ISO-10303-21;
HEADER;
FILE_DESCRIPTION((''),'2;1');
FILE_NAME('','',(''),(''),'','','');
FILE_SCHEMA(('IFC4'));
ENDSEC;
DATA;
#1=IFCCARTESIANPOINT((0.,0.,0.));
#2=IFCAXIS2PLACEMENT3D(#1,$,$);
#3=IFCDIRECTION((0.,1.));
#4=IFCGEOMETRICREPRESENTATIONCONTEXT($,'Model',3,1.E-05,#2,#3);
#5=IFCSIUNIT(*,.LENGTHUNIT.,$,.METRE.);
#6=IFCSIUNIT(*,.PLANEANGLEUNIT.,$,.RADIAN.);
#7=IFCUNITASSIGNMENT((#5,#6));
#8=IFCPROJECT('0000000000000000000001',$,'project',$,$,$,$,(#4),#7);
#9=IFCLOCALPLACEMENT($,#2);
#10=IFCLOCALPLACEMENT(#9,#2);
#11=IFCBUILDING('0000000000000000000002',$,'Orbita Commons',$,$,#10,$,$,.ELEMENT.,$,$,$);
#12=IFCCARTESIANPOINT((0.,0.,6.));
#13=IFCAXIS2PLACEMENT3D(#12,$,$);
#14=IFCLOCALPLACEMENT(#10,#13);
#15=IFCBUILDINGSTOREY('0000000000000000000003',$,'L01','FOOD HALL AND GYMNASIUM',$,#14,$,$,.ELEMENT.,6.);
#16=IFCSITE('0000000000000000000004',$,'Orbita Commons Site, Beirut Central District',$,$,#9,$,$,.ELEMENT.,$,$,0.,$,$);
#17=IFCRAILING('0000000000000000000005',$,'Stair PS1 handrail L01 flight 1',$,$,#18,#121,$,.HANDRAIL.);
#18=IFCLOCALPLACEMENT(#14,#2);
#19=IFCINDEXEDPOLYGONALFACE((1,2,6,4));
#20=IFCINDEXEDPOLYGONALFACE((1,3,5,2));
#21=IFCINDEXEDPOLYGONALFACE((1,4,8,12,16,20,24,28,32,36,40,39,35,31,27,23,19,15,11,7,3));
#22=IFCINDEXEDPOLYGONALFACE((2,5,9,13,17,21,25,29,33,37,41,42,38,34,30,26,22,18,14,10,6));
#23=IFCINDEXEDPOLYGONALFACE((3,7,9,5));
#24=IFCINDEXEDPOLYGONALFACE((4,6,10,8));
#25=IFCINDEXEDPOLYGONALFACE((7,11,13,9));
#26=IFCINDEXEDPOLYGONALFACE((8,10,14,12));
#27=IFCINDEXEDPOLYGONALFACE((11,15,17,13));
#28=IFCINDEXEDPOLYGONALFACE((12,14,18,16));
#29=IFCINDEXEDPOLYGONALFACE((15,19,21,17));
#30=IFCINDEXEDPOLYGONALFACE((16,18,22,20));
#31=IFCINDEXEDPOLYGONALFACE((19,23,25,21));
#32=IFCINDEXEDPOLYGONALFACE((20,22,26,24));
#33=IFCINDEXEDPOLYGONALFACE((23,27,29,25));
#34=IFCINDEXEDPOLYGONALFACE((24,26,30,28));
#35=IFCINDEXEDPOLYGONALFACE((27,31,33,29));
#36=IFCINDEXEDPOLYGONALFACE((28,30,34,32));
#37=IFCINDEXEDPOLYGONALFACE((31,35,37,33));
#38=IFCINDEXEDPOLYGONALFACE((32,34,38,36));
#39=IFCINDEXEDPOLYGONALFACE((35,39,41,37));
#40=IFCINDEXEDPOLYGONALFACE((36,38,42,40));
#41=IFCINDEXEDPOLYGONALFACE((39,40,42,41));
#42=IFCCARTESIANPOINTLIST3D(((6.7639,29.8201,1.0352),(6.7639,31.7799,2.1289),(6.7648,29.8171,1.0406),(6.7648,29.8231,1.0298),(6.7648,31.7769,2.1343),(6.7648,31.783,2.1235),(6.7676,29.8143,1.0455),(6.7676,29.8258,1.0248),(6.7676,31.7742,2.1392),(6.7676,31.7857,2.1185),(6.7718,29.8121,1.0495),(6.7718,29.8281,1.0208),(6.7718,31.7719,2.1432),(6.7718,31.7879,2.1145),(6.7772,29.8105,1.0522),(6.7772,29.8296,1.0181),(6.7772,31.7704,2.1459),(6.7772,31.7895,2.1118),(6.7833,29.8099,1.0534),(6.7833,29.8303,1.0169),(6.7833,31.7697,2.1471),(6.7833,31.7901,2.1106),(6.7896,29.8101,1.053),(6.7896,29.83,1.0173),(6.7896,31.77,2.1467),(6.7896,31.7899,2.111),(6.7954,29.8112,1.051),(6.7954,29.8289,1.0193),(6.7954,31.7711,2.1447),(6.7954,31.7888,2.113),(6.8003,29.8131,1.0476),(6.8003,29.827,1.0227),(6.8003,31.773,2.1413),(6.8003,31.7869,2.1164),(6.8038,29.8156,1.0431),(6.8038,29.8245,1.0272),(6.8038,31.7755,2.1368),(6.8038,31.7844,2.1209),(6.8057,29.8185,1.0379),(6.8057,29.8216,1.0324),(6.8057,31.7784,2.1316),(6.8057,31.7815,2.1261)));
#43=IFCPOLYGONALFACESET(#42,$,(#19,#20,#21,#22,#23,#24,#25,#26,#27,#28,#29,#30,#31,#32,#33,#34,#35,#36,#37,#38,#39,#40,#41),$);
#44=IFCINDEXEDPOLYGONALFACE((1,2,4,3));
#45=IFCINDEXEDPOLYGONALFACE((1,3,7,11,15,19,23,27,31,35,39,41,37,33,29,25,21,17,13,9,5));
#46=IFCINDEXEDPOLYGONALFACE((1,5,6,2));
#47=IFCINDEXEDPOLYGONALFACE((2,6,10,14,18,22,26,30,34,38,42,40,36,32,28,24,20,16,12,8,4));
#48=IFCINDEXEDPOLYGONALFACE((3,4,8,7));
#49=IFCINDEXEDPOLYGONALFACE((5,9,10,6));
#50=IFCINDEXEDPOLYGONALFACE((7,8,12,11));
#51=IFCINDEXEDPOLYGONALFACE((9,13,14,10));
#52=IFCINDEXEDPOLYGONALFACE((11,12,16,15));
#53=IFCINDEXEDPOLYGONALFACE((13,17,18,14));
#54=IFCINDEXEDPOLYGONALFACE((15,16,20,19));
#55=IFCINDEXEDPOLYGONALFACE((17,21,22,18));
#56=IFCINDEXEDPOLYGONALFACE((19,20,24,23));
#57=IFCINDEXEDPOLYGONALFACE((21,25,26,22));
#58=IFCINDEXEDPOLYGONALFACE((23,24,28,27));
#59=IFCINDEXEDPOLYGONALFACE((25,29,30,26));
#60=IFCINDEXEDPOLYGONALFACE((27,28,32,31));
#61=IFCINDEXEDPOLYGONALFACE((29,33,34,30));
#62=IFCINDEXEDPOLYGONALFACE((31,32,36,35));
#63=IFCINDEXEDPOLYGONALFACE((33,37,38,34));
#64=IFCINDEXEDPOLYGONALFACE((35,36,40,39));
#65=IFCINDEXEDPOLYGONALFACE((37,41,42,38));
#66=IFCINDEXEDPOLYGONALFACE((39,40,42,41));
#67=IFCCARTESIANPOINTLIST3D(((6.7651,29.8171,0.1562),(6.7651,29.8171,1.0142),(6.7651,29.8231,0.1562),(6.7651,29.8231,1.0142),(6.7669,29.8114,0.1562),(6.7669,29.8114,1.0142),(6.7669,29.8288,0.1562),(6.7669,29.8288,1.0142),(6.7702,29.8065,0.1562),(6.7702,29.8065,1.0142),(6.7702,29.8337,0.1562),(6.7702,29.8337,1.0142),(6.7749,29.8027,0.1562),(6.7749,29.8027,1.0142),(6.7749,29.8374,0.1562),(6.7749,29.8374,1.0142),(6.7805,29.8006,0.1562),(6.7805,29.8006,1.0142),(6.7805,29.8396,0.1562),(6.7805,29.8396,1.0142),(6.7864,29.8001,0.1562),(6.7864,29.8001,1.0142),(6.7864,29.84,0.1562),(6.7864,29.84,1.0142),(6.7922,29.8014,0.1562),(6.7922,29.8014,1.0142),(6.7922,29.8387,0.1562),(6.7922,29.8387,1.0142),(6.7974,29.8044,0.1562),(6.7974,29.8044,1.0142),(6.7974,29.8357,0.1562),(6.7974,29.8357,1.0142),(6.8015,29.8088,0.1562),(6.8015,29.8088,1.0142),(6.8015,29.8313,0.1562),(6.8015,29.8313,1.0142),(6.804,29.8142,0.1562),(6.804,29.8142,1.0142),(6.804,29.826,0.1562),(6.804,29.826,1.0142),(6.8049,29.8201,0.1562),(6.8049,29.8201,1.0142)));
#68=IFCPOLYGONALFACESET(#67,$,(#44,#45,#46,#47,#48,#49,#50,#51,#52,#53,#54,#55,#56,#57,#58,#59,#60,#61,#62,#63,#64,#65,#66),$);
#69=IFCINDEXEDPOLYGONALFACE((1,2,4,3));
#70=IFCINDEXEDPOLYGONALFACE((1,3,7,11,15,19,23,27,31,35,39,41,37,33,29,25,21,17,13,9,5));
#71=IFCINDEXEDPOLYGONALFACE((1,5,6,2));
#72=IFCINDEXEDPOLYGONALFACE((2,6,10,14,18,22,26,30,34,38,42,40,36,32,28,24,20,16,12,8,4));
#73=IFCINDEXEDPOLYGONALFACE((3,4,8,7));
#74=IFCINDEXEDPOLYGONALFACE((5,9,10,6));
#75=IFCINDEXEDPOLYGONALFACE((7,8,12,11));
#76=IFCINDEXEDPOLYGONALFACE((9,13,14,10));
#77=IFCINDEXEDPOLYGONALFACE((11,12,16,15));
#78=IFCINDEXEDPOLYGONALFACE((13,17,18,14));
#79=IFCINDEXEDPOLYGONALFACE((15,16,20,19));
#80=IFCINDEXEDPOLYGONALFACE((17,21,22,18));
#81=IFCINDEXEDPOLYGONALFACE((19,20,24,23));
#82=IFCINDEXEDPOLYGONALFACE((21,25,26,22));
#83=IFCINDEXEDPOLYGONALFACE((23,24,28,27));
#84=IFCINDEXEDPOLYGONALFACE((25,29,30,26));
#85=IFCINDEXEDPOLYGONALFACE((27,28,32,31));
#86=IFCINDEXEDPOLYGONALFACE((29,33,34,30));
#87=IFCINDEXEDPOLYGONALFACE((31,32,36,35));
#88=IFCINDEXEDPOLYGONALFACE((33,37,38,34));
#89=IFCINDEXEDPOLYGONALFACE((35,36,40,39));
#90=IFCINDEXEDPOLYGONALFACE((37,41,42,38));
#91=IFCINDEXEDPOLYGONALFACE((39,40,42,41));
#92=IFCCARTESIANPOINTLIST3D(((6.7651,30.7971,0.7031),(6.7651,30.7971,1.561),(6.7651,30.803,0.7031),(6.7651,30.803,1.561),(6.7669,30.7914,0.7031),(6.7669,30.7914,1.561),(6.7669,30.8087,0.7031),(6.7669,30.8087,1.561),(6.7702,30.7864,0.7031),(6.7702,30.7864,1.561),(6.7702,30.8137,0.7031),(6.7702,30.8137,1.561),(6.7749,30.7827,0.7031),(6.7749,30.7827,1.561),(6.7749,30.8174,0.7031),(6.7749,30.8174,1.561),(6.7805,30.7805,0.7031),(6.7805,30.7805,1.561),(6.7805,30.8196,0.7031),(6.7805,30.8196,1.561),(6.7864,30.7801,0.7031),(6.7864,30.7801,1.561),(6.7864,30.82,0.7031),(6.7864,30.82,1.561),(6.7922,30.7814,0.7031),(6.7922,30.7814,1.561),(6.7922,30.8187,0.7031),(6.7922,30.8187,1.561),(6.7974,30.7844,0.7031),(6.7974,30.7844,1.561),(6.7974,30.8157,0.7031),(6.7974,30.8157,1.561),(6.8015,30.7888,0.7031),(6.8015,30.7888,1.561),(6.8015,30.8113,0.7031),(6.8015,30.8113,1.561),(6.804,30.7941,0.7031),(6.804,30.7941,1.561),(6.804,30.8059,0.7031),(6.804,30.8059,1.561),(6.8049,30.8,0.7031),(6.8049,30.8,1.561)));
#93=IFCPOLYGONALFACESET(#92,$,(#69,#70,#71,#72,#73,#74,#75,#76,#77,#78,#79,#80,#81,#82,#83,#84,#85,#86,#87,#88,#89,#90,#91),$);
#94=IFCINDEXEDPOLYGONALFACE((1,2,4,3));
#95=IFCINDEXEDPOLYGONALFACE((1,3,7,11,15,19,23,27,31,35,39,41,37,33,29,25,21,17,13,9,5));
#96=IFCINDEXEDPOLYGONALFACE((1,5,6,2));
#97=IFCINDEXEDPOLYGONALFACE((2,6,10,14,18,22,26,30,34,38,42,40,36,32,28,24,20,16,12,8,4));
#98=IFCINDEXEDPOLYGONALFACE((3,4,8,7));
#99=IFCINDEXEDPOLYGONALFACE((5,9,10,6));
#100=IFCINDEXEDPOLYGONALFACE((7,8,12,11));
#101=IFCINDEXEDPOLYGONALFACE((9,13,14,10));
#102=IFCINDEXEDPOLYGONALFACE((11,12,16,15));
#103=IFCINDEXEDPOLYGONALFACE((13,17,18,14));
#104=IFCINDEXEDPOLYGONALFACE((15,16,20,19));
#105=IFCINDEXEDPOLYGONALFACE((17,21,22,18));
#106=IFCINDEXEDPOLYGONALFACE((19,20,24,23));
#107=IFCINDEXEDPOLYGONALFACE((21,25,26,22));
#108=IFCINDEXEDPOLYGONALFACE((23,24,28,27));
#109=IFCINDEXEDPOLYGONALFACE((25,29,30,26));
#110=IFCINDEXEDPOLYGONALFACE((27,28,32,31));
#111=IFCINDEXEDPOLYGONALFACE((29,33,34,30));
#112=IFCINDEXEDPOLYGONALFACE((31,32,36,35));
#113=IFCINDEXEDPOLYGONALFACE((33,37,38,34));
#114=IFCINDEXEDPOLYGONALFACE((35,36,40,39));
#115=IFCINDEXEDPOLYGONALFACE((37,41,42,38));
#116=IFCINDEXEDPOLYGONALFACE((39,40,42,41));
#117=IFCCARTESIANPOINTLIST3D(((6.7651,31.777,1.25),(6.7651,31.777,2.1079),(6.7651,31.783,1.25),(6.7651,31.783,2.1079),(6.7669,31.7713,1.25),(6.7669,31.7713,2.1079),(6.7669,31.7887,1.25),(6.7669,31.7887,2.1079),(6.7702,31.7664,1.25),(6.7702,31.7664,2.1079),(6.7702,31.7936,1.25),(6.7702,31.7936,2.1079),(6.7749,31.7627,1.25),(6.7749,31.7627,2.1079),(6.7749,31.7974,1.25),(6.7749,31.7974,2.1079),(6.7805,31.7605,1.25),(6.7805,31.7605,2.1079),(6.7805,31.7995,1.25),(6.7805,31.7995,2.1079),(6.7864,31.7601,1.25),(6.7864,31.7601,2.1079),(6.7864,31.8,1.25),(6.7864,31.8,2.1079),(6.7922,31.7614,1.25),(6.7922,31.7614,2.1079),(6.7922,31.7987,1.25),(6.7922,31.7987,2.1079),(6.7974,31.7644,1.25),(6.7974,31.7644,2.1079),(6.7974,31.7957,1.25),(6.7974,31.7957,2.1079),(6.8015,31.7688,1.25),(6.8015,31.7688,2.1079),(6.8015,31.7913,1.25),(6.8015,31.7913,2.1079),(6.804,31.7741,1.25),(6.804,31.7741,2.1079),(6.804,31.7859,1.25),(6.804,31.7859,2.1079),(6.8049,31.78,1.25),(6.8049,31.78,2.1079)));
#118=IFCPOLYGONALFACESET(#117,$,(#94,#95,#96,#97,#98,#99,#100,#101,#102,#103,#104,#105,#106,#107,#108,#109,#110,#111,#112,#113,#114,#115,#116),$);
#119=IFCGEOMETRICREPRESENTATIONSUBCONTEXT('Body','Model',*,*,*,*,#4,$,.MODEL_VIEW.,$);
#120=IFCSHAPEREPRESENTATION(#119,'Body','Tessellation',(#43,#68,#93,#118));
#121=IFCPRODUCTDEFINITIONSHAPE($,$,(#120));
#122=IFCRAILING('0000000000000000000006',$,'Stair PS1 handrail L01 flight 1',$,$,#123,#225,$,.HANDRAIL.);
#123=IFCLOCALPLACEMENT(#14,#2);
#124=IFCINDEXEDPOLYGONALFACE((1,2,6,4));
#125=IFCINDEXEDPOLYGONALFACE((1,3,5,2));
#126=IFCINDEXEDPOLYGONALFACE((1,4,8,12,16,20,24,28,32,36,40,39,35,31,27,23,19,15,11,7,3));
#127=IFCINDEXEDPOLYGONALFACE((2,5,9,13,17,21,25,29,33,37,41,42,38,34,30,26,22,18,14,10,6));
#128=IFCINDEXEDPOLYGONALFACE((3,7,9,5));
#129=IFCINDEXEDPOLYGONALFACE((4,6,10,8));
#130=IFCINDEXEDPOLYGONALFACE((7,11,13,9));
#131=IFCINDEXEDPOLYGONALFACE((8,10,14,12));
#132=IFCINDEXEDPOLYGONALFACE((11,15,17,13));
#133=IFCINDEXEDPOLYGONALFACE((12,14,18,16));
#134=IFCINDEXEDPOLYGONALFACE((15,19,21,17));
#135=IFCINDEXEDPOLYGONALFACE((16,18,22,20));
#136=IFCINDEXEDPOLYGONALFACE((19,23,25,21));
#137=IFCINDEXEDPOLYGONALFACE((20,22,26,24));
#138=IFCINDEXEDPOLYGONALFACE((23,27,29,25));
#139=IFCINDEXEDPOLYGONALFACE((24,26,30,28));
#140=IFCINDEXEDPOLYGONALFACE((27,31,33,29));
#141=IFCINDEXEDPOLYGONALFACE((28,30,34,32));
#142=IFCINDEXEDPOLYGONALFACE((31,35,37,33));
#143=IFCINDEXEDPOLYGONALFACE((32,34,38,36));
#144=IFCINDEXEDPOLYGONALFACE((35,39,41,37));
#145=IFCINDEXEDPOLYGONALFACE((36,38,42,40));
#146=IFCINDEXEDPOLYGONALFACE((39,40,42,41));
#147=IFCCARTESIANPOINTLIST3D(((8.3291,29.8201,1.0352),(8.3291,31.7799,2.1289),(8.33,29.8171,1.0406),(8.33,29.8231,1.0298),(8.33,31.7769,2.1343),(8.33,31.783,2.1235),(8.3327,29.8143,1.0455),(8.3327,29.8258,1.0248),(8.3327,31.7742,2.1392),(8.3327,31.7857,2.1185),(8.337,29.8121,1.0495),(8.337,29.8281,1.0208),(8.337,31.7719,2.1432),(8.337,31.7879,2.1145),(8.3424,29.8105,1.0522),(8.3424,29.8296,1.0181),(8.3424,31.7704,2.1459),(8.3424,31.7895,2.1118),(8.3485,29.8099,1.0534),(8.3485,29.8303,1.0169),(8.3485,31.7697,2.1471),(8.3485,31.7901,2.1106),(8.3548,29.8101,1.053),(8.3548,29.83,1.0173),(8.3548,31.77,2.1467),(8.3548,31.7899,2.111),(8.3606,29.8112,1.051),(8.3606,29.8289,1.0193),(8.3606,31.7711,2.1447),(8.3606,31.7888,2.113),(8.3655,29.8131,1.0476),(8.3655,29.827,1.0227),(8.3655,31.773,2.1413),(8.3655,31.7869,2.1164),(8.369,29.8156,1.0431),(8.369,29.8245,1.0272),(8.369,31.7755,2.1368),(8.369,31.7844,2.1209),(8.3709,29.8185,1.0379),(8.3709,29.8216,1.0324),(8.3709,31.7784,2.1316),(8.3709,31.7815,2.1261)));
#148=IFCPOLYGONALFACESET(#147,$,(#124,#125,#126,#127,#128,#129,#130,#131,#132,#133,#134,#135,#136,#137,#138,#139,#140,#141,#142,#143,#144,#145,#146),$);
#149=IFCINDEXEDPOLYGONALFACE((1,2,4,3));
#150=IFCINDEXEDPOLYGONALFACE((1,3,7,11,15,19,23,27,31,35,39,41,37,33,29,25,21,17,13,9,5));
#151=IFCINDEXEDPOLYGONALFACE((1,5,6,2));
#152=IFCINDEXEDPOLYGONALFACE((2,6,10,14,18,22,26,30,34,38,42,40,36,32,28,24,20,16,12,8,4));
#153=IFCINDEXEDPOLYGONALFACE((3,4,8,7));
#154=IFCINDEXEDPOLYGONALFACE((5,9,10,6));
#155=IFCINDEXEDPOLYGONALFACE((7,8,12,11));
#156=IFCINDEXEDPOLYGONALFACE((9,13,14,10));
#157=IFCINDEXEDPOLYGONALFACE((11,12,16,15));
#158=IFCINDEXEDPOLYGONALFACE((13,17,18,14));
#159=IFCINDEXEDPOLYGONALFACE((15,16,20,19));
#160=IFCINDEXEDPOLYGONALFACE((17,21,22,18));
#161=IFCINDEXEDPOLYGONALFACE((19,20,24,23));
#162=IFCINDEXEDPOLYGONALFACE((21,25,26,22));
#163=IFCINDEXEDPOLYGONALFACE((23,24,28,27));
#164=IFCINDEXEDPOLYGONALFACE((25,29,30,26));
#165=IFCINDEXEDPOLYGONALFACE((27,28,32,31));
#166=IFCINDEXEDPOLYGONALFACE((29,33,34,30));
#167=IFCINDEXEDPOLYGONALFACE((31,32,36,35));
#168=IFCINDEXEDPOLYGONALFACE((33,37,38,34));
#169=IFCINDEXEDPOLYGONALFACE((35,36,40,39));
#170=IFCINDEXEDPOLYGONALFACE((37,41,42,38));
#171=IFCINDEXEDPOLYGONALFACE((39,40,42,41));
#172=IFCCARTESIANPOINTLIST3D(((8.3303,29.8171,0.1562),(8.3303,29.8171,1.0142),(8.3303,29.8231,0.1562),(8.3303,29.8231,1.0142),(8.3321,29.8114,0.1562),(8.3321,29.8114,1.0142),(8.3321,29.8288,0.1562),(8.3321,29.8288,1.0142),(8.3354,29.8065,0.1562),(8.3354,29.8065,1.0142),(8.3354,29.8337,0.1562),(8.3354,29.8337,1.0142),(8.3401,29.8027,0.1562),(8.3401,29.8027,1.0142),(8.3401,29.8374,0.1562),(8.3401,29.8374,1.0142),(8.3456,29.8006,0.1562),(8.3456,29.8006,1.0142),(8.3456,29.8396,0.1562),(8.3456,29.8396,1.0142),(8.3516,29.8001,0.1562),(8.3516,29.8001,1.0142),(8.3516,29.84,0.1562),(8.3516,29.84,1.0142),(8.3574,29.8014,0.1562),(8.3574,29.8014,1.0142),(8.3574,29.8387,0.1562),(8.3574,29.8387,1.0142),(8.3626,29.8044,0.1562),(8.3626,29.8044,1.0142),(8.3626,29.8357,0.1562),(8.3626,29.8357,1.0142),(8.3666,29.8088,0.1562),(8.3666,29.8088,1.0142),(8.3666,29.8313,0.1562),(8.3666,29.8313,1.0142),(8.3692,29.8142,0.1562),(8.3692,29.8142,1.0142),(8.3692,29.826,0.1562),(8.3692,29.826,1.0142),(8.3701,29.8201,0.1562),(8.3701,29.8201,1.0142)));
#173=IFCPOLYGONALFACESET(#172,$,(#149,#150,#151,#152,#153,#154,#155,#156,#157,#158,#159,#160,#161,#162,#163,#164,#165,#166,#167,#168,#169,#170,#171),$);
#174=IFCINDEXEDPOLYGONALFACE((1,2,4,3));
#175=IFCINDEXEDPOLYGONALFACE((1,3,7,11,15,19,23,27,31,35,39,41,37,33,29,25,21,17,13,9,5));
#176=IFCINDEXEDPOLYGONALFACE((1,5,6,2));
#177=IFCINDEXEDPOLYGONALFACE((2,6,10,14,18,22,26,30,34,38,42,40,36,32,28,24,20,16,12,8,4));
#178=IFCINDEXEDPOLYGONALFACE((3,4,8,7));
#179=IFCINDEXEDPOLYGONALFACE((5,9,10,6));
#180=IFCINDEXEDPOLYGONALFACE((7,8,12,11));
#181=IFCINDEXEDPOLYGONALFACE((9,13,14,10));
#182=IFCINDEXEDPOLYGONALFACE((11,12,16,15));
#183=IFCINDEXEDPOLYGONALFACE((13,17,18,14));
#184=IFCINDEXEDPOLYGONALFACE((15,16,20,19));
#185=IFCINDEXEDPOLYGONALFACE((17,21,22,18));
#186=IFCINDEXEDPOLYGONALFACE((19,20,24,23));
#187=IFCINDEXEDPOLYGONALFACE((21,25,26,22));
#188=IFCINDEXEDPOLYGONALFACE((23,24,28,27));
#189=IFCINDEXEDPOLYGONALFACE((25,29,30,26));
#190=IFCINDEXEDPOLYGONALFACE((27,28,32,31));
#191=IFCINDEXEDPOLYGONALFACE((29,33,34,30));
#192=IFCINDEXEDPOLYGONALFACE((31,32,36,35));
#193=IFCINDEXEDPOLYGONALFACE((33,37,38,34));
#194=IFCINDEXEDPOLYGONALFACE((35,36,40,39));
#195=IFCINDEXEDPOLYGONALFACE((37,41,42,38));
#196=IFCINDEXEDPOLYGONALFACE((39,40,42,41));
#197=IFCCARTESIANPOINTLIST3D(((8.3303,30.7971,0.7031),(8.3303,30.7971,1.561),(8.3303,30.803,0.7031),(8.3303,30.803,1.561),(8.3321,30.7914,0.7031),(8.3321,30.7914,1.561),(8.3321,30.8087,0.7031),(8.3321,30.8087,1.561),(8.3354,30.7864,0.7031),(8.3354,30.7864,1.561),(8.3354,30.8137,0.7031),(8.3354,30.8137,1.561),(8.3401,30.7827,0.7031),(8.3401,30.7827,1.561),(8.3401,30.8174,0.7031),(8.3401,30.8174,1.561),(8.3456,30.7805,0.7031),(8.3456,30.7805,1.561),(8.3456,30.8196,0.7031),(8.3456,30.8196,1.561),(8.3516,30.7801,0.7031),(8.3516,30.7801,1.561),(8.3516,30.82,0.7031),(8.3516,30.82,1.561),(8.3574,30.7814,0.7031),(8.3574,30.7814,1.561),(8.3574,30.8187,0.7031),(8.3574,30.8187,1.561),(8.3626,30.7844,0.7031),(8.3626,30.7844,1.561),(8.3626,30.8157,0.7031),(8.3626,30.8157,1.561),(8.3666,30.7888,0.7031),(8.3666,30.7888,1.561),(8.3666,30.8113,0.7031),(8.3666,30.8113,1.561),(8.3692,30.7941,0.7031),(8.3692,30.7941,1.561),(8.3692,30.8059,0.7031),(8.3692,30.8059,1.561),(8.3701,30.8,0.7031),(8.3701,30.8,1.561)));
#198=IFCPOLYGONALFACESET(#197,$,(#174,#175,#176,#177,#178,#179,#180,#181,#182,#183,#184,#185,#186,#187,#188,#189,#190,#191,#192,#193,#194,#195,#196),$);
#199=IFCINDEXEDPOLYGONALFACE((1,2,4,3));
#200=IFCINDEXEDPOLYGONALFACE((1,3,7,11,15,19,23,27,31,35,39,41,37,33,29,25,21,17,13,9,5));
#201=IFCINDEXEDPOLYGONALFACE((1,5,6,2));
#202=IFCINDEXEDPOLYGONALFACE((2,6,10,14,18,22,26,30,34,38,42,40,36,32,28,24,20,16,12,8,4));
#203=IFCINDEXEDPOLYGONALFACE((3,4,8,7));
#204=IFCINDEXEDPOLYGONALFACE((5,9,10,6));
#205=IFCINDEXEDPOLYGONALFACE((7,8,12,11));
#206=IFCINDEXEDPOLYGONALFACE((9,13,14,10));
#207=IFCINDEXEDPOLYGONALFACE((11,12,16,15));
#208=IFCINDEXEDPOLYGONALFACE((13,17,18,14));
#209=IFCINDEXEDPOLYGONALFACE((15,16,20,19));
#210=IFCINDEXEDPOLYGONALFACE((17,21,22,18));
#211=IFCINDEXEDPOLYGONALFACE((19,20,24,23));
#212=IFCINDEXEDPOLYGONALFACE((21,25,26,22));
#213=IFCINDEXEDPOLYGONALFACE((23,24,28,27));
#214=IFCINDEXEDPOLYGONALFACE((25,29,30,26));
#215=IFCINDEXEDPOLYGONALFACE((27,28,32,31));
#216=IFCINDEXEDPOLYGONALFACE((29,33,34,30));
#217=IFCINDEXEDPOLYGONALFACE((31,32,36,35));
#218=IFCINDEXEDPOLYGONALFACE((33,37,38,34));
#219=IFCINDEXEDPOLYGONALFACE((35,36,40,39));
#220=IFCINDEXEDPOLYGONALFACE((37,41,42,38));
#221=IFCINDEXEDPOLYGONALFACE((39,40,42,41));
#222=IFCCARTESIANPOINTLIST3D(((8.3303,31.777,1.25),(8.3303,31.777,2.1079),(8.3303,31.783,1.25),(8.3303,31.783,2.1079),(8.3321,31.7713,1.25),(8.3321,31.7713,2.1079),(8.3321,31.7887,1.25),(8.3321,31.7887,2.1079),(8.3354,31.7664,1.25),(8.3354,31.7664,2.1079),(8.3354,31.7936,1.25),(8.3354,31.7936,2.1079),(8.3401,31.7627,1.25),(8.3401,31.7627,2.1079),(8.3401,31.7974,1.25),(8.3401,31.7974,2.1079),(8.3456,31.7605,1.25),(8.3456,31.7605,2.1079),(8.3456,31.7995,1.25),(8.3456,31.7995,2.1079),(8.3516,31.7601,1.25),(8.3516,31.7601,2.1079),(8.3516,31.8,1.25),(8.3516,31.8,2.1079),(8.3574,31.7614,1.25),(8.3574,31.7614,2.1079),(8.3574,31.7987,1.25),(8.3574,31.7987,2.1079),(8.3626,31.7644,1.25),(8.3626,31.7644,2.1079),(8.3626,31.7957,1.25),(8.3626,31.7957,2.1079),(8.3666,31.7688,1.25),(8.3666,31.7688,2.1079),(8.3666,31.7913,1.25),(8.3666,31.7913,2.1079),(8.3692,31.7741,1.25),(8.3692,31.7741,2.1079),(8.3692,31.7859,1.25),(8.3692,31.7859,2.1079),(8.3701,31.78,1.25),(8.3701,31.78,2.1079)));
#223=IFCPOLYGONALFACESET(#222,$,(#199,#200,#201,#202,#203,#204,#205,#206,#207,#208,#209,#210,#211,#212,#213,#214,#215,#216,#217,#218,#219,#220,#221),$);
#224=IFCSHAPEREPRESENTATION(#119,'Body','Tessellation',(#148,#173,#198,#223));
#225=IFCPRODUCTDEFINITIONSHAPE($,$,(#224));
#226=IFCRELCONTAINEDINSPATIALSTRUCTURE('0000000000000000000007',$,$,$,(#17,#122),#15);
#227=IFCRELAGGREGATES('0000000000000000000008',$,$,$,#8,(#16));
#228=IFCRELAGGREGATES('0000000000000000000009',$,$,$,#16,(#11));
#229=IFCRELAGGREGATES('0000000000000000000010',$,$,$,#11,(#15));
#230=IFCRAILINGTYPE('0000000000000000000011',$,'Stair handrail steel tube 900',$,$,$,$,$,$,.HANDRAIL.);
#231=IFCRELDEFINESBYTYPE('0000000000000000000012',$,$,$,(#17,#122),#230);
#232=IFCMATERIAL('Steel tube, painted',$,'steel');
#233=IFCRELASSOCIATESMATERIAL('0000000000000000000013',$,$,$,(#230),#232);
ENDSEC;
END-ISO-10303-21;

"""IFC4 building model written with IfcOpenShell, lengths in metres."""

from ifc_helpers import new_model, si_unit, direction, frame, origin, origin_2d, place, context, subcontext, project, spatial, circle, extrude, material, type_object, element, save


model = new_model("IFC4")

# Units and contexts
model_context = context("Model", 3, precision=1e-05, world=origin(), true_north=direction((0.0, 1.0)))
body_context = subcontext(model_context, "Body", "Model", "MODEL_VIEW")
ifc_project = project(units=[si_unit("LENGTHUNIT", "METRE"), si_unit("PLANEANGLEUNIT", "RADIAN")], contexts=[model_context])

# Site, building, storey
site_placement = place(None, origin())
site = spatial("IfcSite", under=ifc_project, at=site_placement, Name="Orbita Commons Site, Beirut Central District", CompositionType="ELEMENT", RefElevation=0.0)
building_placement = place(site_placement, origin())
building = spatial("IfcBuilding", under=site, at=building_placement, Name="Orbita Commons", CompositionType="ELEMENT")
storey_placement = place(building_placement, frame((0.0, 0.0, 6.0)))
storey = spatial("IfcBuildingStorey", under=building, at=storey_placement, Name="L01", Description="FOOD HALL AND GYMNASIUM", CompositionType="ELEMENT", Elevation=6.0)

# Railings
ifc_material_1 = material(Name="Steel tube, painted", Category="steel")
railing_type_1 = type_object("IfcRailingType", Name="Stair handrail steel tube 900", PredefinedType="HANDRAIL", material=ifc_material_1)
for number, where, name in (
    (1, (6.7849, 29.8201, 0.1562), "Stair PS1 handrail L01 flight 1"),
    (2, (8.3501, 29.8201, 0.1562), "Stair PS1 handrail L01 flight 1"),
):
    element("IfcRailing", number, at=place(storey_placement, frame(where)), inside=storey, type_object=railing_type_1, Name=name, PredefinedType="HANDRAIL", context=body_context, shape_type="SweptSolid", body=[
        extrude(circle(Radius=0.021, at=origin_2d()), frame((0.0, 0.0, 0.8789), z_axis=(0.0, 0.873232, 0.487304), x_axis=(-1.0, 0.0, 0.0)), (0.0, 0.0, 1.0), 2.2444),
        extrude(circle(Radius=0.02, at=origin_2d()), origin(), (0.0, 0.0, 1.0), 0.8579),
        extrude(circle(Radius=0.02, at=origin_2d()), frame((0.0, 0.98, 0.5469)), (0.0, 0.0, 1.0), 0.8579),
        extrude(circle(Radius=0.02, at=origin_2d()), frame((0.0, 1.96, 1.0938)), (0.0, 0.0, 1.0), 0.8579),
    ])

save(model, "model.ifc")
